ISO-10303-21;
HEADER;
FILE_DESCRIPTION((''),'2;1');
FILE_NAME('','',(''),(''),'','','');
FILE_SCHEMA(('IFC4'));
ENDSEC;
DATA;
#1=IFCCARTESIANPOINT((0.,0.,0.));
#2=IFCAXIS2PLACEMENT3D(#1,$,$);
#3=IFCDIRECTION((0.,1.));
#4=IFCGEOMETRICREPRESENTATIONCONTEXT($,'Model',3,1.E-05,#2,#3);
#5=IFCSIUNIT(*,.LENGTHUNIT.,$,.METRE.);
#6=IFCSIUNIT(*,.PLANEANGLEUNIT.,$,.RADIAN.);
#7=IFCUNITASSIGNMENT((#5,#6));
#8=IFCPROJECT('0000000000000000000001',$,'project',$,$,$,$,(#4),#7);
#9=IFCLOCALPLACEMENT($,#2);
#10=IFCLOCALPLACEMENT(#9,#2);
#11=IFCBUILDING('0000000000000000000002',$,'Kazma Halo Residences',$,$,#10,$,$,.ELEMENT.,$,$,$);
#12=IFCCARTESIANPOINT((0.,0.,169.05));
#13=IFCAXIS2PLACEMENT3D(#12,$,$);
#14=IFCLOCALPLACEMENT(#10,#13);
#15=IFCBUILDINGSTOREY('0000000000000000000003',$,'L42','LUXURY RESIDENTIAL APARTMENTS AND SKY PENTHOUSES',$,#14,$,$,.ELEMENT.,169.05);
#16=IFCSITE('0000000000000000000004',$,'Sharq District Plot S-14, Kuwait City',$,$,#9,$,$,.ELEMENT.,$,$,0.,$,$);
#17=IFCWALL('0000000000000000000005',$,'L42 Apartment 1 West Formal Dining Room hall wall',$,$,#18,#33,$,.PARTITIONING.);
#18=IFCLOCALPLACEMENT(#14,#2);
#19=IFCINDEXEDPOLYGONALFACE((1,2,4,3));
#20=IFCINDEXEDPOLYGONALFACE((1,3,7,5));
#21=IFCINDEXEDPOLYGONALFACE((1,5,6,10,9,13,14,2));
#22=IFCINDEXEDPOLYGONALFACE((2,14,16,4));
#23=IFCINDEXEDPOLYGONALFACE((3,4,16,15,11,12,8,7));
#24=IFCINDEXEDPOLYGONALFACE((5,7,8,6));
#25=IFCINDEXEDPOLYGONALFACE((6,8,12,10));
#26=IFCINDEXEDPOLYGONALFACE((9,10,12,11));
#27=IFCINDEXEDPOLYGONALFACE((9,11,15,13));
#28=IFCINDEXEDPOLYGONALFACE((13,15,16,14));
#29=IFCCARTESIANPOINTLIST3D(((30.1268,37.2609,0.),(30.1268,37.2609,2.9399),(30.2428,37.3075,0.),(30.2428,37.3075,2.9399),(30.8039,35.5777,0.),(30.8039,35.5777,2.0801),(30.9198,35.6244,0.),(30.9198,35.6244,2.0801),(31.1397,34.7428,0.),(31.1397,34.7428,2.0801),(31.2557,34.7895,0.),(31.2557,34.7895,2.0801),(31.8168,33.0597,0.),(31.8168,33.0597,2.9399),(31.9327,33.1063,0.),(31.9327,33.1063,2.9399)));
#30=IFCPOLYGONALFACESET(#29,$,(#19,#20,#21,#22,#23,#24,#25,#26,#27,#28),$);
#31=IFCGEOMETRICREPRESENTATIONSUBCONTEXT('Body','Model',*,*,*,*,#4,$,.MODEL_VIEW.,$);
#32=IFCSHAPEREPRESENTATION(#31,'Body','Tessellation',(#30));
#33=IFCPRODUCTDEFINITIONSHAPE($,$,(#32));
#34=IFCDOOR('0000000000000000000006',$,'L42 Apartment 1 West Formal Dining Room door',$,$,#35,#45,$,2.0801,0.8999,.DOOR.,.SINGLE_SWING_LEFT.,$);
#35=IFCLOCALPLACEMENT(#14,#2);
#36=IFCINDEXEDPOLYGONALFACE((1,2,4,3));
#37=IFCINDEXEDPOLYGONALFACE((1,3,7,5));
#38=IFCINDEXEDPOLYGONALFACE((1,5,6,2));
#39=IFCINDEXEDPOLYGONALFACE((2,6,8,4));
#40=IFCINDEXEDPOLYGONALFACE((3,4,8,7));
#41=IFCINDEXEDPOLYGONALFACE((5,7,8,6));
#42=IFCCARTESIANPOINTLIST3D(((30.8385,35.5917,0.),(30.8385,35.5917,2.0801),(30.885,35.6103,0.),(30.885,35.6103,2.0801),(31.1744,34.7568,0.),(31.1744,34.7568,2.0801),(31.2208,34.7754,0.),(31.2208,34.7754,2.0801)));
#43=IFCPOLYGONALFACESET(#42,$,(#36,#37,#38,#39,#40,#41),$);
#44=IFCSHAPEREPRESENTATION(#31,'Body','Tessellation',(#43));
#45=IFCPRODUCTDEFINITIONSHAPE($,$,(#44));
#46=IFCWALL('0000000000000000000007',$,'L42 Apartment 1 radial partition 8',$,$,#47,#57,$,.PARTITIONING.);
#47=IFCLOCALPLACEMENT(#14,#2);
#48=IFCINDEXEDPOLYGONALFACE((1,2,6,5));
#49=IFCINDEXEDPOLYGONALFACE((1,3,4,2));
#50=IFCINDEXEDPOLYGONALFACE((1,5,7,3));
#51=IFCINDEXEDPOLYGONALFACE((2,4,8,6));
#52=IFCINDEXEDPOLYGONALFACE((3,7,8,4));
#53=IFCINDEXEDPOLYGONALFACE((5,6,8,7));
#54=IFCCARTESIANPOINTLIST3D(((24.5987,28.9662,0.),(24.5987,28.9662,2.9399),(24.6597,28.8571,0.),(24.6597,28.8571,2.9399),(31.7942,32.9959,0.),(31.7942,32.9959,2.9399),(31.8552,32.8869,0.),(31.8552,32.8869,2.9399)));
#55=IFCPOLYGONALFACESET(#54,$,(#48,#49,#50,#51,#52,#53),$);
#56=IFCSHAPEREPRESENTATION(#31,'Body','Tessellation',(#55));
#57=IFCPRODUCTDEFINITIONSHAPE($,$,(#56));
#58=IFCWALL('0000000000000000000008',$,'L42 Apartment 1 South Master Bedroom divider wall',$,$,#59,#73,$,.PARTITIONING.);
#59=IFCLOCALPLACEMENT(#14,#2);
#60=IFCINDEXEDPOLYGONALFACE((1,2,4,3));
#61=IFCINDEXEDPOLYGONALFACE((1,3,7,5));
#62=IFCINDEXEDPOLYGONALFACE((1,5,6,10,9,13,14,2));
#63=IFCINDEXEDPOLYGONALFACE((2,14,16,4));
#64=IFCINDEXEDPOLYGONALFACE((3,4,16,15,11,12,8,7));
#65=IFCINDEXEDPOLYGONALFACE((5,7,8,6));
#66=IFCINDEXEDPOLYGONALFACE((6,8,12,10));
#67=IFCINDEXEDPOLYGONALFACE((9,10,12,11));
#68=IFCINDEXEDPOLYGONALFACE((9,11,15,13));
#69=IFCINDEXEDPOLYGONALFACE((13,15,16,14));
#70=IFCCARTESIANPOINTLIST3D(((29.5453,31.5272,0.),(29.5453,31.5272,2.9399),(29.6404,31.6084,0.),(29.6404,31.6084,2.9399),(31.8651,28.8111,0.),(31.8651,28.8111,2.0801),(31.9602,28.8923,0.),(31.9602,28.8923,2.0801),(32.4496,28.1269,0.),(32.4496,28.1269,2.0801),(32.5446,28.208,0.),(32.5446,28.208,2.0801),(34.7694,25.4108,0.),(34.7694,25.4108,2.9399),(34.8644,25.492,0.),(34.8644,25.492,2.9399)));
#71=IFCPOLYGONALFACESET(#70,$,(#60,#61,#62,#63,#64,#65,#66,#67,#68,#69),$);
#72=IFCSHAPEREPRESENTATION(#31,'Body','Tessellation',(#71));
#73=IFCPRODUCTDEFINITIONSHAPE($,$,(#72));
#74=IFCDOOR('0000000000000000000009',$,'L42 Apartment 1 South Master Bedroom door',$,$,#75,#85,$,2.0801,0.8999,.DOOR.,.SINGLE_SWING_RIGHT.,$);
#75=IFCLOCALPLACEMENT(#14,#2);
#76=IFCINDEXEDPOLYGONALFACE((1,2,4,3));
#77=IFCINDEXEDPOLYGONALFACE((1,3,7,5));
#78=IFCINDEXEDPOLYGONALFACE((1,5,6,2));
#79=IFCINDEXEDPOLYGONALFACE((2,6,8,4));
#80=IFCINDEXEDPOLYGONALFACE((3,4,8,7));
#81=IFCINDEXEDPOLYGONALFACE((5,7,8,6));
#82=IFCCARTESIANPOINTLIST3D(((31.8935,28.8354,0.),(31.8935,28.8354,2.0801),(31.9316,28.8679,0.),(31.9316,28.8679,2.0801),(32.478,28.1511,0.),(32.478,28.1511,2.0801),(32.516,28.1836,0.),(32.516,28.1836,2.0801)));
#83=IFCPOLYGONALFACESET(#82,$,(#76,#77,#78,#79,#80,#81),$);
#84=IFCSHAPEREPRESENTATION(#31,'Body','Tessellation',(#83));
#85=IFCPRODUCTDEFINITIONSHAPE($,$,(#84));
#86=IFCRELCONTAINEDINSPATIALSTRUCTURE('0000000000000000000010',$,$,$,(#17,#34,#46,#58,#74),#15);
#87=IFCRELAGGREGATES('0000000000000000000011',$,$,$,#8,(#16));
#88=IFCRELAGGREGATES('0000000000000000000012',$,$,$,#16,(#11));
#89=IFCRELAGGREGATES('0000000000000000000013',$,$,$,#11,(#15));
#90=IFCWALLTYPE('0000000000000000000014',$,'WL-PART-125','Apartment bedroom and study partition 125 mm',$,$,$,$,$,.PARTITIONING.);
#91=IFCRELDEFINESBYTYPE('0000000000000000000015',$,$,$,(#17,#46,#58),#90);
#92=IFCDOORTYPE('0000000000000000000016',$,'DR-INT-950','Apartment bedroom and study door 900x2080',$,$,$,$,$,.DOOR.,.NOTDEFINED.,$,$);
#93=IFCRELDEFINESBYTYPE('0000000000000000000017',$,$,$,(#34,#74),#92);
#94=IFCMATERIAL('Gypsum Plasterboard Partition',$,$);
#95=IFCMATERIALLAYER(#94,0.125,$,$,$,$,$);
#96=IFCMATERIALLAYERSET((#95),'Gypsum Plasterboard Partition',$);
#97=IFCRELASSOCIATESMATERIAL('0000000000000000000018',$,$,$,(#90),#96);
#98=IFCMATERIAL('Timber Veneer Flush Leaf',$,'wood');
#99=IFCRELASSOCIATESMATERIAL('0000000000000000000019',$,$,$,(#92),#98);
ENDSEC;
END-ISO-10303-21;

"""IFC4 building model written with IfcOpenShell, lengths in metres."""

from ifc_helpers import new_model, si_unit, direction, frame, frame_2d, origin, place, context, subcontext, project, spatial, rectangle, extrude, material, layer, layer_set, type_object, element, fill, save


model = new_model("IFC4")

# Units and contexts
model_context = context("Model", 3, precision=1e-05, world=origin(), true_north=direction((0.0, 1.0)))
body_context = subcontext(model_context, "Body", "Model", "MODEL_VIEW")
ifc_project = project(units=[si_unit("LENGTHUNIT", "METRE"), si_unit("PLANEANGLEUNIT", "RADIAN")], contexts=[model_context])

# Site, building, storey
site_placement = place(None, origin())
site = spatial("IfcSite", under=ifc_project, at=site_placement, Name="Sharq District Plot S-14, Kuwait City", CompositionType="ELEMENT", RefElevation=0.0)
building_placement = place(site_placement, origin())
building = spatial("IfcBuilding", under=site, at=building_placement, Name="Kazma Halo Residences", CompositionType="ELEMENT")
storey_placement = place(building_placement, frame((0.0, 0.0, 169.05)))
storey = spatial("IfcBuildingStorey", under=building, at=storey_placement, Name="L42", Description="LUXURY RESIDENTIAL APARTMENTS AND SKY PENTHOUSES", CompositionType="ELEMENT", Elevation=169.05)

# Shared definitions
ifc_material_1 = material(Name="Gypsum Plasterboard Partition")
ifc_layer_1 = layer(ifc_material_1, 0.125)
ifc_layer_set_1 = layer_set([ifc_layer_1], Name="Gypsum Plasterboard Partition")
wall_type_1 = type_object("IfcWallType", Name="WL-PART-125", Description="Apartment bedroom and study partition 125 mm", PredefinedType="PARTITIONING", material=ifc_layer_set_1)

# Wall, opening, door
wall_1_placement = place(storey_placement, frame((30.1848, 37.2842, 0.0), z_axis=(0.0, 0.0, 1.0), x_axis=(0.373193, -0.927754, 0.0)))
wall_1 = element("IfcWall", 1, at=wall_1_placement, inside=storey, type_object=wall_type_1, Name="L42 Apartment 1 West Formal Dining Room hall wall", PredefinedType="PARTITIONING", context=body_context, shape_type="SweptSolid", body=[
    extrude(rectangle(XDim=4.5283, YDim=0.125, at=frame_2d((2.2642, 0.0))), origin(), (0.0, 0.0, 1.0), 2.9399),
])
opening_1_placement = place(wall_1_placement, frame((1.8142, 0.0, 0.0)))
opening_1 = element("IfcOpeningElement", 2, at=opening_1_placement, cuts=wall_1, PredefinedType="OPENING", context=body_context, shape_type="SweptSolid", body=[
    extrude(rectangle(XDim=0.8999, YDim=2.0801, at=frame_2d((0.45, 1.04))), frame((0.0, 0.0725, 0.0), z_axis=(0.0, -1.0, 0.0), x_axis=(1.0, 0.0, 0.0)), (0.0, 0.0, 1.0), 0.145),
])
ifc_material_2 = material(Name="Timber Veneer Flush Leaf", Category="wood")
door_type_1 = type_object("IfcDoorType", Name="DR-INT-950", Description="Apartment bedroom and study door 900x2080", OperationType="NOTDEFINED", PredefinedType="DOOR", material=ifc_material_2)
door_1_placement = place(opening_1_placement, origin())
door_1 = element("IfcDoor", 3, at=door_1_placement, inside=storey, type_object=door_type_1, Name="L42 Apartment 1 West Formal Dining Room door", OperationType="SINGLE_SWING_LEFT", OverallHeight=2.0801, OverallWidth=0.8999, PredefinedType="DOOR", context=body_context, shape_type="SweptSolid", body=[
    extrude(rectangle(XDim=0.8999, YDim=2.0801, at=frame_2d((0.45, 1.04))), frame((0.0, 0.0249, 0.0), z_axis=(0.0, -1.0, 0.0), x_axis=(1.0, 0.0, 0.0)), (0.0, 0.0, 1.0), 0.05),
])
fill(opening_1, door_1)

# Wall
wall_2_placement = place(storey_placement, frame((31.8247, 32.9414, 0.0), z_axis=(0.0, 0.0, 1.0), x_axis=(-0.872492, -0.488629, 0.0)))
element("IfcWall", 4, at=wall_2_placement, inside=storey, type_object=wall_type_1, Name="L42 Apartment 1 radial partition 8", PredefinedType="PARTITIONING", context=body_context, shape_type="SweptSolid", body=[
    extrude(rectangle(XDim=8.2471, YDim=0.125, at=frame_2d((4.1235, 0.0))), origin(), (0.0, 0.0, 1.0), 2.9399),
])

# Wall, opening, door
wall_3_placement = place(storey_placement, frame((29.5928, 31.5679, 0.0), z_axis=(0.0, 0.0, 1.0), x_axis=(0.649461, -0.760395, 0.0)))
wall_3 = element("IfcWall", 5, at=wall_3_placement, inside=storey, type_object=wall_type_1, Name="L42 Apartment 1 South Master Bedroom divider wall", PredefinedType="PARTITIONING", context=body_context, shape_type="SweptSolid", body=[
    extrude(rectangle(XDim=8.0437, YDim=0.125, at=frame_2d((4.022, 0.0))), origin(), (0.0, 0.0, 1.0), 2.9399),
])
opening_2_placement = place(wall_3_placement, frame((3.572, 0.0, 0.0)))
opening_2 = element("IfcOpeningElement", 6, at=opening_2_placement, cuts=wall_3, PredefinedType="OPENING", context=body_context, shape_type="SweptSolid", body=[
    extrude(rectangle(XDim=0.8999, YDim=2.0801, at=frame_2d((0.45, 1.04))), frame((0.0, 0.0725, 0.0), z_axis=(0.0, -1.0, 0.0), x_axis=(1.0, 0.0, 0.0)), (0.0, 0.0, 1.0), 0.145),
])
door_2_placement = place(opening_2_placement, origin())
door_2 = element("IfcDoor", 7, at=door_2_placement, inside=storey, type_object=door_type_1, Name="L42 Apartment 1 South Master Bedroom door", OperationType="SINGLE_SWING_RIGHT", OverallHeight=2.0801, OverallWidth=0.8999, PredefinedType="DOOR", context=body_context, shape_type="SweptSolid", body=[
    extrude(rectangle(XDim=0.8999, YDim=2.0801, at=frame_2d((0.45, 1.04))), frame((0.0, 0.0249, 0.0), z_axis=(0.0, -1.0, 0.0), x_axis=(1.0, 0.0, 0.0)), (0.0, 0.0, 1.0), 0.05),
])
fill(opening_2, door_2)

save(model, "model.ifc")
